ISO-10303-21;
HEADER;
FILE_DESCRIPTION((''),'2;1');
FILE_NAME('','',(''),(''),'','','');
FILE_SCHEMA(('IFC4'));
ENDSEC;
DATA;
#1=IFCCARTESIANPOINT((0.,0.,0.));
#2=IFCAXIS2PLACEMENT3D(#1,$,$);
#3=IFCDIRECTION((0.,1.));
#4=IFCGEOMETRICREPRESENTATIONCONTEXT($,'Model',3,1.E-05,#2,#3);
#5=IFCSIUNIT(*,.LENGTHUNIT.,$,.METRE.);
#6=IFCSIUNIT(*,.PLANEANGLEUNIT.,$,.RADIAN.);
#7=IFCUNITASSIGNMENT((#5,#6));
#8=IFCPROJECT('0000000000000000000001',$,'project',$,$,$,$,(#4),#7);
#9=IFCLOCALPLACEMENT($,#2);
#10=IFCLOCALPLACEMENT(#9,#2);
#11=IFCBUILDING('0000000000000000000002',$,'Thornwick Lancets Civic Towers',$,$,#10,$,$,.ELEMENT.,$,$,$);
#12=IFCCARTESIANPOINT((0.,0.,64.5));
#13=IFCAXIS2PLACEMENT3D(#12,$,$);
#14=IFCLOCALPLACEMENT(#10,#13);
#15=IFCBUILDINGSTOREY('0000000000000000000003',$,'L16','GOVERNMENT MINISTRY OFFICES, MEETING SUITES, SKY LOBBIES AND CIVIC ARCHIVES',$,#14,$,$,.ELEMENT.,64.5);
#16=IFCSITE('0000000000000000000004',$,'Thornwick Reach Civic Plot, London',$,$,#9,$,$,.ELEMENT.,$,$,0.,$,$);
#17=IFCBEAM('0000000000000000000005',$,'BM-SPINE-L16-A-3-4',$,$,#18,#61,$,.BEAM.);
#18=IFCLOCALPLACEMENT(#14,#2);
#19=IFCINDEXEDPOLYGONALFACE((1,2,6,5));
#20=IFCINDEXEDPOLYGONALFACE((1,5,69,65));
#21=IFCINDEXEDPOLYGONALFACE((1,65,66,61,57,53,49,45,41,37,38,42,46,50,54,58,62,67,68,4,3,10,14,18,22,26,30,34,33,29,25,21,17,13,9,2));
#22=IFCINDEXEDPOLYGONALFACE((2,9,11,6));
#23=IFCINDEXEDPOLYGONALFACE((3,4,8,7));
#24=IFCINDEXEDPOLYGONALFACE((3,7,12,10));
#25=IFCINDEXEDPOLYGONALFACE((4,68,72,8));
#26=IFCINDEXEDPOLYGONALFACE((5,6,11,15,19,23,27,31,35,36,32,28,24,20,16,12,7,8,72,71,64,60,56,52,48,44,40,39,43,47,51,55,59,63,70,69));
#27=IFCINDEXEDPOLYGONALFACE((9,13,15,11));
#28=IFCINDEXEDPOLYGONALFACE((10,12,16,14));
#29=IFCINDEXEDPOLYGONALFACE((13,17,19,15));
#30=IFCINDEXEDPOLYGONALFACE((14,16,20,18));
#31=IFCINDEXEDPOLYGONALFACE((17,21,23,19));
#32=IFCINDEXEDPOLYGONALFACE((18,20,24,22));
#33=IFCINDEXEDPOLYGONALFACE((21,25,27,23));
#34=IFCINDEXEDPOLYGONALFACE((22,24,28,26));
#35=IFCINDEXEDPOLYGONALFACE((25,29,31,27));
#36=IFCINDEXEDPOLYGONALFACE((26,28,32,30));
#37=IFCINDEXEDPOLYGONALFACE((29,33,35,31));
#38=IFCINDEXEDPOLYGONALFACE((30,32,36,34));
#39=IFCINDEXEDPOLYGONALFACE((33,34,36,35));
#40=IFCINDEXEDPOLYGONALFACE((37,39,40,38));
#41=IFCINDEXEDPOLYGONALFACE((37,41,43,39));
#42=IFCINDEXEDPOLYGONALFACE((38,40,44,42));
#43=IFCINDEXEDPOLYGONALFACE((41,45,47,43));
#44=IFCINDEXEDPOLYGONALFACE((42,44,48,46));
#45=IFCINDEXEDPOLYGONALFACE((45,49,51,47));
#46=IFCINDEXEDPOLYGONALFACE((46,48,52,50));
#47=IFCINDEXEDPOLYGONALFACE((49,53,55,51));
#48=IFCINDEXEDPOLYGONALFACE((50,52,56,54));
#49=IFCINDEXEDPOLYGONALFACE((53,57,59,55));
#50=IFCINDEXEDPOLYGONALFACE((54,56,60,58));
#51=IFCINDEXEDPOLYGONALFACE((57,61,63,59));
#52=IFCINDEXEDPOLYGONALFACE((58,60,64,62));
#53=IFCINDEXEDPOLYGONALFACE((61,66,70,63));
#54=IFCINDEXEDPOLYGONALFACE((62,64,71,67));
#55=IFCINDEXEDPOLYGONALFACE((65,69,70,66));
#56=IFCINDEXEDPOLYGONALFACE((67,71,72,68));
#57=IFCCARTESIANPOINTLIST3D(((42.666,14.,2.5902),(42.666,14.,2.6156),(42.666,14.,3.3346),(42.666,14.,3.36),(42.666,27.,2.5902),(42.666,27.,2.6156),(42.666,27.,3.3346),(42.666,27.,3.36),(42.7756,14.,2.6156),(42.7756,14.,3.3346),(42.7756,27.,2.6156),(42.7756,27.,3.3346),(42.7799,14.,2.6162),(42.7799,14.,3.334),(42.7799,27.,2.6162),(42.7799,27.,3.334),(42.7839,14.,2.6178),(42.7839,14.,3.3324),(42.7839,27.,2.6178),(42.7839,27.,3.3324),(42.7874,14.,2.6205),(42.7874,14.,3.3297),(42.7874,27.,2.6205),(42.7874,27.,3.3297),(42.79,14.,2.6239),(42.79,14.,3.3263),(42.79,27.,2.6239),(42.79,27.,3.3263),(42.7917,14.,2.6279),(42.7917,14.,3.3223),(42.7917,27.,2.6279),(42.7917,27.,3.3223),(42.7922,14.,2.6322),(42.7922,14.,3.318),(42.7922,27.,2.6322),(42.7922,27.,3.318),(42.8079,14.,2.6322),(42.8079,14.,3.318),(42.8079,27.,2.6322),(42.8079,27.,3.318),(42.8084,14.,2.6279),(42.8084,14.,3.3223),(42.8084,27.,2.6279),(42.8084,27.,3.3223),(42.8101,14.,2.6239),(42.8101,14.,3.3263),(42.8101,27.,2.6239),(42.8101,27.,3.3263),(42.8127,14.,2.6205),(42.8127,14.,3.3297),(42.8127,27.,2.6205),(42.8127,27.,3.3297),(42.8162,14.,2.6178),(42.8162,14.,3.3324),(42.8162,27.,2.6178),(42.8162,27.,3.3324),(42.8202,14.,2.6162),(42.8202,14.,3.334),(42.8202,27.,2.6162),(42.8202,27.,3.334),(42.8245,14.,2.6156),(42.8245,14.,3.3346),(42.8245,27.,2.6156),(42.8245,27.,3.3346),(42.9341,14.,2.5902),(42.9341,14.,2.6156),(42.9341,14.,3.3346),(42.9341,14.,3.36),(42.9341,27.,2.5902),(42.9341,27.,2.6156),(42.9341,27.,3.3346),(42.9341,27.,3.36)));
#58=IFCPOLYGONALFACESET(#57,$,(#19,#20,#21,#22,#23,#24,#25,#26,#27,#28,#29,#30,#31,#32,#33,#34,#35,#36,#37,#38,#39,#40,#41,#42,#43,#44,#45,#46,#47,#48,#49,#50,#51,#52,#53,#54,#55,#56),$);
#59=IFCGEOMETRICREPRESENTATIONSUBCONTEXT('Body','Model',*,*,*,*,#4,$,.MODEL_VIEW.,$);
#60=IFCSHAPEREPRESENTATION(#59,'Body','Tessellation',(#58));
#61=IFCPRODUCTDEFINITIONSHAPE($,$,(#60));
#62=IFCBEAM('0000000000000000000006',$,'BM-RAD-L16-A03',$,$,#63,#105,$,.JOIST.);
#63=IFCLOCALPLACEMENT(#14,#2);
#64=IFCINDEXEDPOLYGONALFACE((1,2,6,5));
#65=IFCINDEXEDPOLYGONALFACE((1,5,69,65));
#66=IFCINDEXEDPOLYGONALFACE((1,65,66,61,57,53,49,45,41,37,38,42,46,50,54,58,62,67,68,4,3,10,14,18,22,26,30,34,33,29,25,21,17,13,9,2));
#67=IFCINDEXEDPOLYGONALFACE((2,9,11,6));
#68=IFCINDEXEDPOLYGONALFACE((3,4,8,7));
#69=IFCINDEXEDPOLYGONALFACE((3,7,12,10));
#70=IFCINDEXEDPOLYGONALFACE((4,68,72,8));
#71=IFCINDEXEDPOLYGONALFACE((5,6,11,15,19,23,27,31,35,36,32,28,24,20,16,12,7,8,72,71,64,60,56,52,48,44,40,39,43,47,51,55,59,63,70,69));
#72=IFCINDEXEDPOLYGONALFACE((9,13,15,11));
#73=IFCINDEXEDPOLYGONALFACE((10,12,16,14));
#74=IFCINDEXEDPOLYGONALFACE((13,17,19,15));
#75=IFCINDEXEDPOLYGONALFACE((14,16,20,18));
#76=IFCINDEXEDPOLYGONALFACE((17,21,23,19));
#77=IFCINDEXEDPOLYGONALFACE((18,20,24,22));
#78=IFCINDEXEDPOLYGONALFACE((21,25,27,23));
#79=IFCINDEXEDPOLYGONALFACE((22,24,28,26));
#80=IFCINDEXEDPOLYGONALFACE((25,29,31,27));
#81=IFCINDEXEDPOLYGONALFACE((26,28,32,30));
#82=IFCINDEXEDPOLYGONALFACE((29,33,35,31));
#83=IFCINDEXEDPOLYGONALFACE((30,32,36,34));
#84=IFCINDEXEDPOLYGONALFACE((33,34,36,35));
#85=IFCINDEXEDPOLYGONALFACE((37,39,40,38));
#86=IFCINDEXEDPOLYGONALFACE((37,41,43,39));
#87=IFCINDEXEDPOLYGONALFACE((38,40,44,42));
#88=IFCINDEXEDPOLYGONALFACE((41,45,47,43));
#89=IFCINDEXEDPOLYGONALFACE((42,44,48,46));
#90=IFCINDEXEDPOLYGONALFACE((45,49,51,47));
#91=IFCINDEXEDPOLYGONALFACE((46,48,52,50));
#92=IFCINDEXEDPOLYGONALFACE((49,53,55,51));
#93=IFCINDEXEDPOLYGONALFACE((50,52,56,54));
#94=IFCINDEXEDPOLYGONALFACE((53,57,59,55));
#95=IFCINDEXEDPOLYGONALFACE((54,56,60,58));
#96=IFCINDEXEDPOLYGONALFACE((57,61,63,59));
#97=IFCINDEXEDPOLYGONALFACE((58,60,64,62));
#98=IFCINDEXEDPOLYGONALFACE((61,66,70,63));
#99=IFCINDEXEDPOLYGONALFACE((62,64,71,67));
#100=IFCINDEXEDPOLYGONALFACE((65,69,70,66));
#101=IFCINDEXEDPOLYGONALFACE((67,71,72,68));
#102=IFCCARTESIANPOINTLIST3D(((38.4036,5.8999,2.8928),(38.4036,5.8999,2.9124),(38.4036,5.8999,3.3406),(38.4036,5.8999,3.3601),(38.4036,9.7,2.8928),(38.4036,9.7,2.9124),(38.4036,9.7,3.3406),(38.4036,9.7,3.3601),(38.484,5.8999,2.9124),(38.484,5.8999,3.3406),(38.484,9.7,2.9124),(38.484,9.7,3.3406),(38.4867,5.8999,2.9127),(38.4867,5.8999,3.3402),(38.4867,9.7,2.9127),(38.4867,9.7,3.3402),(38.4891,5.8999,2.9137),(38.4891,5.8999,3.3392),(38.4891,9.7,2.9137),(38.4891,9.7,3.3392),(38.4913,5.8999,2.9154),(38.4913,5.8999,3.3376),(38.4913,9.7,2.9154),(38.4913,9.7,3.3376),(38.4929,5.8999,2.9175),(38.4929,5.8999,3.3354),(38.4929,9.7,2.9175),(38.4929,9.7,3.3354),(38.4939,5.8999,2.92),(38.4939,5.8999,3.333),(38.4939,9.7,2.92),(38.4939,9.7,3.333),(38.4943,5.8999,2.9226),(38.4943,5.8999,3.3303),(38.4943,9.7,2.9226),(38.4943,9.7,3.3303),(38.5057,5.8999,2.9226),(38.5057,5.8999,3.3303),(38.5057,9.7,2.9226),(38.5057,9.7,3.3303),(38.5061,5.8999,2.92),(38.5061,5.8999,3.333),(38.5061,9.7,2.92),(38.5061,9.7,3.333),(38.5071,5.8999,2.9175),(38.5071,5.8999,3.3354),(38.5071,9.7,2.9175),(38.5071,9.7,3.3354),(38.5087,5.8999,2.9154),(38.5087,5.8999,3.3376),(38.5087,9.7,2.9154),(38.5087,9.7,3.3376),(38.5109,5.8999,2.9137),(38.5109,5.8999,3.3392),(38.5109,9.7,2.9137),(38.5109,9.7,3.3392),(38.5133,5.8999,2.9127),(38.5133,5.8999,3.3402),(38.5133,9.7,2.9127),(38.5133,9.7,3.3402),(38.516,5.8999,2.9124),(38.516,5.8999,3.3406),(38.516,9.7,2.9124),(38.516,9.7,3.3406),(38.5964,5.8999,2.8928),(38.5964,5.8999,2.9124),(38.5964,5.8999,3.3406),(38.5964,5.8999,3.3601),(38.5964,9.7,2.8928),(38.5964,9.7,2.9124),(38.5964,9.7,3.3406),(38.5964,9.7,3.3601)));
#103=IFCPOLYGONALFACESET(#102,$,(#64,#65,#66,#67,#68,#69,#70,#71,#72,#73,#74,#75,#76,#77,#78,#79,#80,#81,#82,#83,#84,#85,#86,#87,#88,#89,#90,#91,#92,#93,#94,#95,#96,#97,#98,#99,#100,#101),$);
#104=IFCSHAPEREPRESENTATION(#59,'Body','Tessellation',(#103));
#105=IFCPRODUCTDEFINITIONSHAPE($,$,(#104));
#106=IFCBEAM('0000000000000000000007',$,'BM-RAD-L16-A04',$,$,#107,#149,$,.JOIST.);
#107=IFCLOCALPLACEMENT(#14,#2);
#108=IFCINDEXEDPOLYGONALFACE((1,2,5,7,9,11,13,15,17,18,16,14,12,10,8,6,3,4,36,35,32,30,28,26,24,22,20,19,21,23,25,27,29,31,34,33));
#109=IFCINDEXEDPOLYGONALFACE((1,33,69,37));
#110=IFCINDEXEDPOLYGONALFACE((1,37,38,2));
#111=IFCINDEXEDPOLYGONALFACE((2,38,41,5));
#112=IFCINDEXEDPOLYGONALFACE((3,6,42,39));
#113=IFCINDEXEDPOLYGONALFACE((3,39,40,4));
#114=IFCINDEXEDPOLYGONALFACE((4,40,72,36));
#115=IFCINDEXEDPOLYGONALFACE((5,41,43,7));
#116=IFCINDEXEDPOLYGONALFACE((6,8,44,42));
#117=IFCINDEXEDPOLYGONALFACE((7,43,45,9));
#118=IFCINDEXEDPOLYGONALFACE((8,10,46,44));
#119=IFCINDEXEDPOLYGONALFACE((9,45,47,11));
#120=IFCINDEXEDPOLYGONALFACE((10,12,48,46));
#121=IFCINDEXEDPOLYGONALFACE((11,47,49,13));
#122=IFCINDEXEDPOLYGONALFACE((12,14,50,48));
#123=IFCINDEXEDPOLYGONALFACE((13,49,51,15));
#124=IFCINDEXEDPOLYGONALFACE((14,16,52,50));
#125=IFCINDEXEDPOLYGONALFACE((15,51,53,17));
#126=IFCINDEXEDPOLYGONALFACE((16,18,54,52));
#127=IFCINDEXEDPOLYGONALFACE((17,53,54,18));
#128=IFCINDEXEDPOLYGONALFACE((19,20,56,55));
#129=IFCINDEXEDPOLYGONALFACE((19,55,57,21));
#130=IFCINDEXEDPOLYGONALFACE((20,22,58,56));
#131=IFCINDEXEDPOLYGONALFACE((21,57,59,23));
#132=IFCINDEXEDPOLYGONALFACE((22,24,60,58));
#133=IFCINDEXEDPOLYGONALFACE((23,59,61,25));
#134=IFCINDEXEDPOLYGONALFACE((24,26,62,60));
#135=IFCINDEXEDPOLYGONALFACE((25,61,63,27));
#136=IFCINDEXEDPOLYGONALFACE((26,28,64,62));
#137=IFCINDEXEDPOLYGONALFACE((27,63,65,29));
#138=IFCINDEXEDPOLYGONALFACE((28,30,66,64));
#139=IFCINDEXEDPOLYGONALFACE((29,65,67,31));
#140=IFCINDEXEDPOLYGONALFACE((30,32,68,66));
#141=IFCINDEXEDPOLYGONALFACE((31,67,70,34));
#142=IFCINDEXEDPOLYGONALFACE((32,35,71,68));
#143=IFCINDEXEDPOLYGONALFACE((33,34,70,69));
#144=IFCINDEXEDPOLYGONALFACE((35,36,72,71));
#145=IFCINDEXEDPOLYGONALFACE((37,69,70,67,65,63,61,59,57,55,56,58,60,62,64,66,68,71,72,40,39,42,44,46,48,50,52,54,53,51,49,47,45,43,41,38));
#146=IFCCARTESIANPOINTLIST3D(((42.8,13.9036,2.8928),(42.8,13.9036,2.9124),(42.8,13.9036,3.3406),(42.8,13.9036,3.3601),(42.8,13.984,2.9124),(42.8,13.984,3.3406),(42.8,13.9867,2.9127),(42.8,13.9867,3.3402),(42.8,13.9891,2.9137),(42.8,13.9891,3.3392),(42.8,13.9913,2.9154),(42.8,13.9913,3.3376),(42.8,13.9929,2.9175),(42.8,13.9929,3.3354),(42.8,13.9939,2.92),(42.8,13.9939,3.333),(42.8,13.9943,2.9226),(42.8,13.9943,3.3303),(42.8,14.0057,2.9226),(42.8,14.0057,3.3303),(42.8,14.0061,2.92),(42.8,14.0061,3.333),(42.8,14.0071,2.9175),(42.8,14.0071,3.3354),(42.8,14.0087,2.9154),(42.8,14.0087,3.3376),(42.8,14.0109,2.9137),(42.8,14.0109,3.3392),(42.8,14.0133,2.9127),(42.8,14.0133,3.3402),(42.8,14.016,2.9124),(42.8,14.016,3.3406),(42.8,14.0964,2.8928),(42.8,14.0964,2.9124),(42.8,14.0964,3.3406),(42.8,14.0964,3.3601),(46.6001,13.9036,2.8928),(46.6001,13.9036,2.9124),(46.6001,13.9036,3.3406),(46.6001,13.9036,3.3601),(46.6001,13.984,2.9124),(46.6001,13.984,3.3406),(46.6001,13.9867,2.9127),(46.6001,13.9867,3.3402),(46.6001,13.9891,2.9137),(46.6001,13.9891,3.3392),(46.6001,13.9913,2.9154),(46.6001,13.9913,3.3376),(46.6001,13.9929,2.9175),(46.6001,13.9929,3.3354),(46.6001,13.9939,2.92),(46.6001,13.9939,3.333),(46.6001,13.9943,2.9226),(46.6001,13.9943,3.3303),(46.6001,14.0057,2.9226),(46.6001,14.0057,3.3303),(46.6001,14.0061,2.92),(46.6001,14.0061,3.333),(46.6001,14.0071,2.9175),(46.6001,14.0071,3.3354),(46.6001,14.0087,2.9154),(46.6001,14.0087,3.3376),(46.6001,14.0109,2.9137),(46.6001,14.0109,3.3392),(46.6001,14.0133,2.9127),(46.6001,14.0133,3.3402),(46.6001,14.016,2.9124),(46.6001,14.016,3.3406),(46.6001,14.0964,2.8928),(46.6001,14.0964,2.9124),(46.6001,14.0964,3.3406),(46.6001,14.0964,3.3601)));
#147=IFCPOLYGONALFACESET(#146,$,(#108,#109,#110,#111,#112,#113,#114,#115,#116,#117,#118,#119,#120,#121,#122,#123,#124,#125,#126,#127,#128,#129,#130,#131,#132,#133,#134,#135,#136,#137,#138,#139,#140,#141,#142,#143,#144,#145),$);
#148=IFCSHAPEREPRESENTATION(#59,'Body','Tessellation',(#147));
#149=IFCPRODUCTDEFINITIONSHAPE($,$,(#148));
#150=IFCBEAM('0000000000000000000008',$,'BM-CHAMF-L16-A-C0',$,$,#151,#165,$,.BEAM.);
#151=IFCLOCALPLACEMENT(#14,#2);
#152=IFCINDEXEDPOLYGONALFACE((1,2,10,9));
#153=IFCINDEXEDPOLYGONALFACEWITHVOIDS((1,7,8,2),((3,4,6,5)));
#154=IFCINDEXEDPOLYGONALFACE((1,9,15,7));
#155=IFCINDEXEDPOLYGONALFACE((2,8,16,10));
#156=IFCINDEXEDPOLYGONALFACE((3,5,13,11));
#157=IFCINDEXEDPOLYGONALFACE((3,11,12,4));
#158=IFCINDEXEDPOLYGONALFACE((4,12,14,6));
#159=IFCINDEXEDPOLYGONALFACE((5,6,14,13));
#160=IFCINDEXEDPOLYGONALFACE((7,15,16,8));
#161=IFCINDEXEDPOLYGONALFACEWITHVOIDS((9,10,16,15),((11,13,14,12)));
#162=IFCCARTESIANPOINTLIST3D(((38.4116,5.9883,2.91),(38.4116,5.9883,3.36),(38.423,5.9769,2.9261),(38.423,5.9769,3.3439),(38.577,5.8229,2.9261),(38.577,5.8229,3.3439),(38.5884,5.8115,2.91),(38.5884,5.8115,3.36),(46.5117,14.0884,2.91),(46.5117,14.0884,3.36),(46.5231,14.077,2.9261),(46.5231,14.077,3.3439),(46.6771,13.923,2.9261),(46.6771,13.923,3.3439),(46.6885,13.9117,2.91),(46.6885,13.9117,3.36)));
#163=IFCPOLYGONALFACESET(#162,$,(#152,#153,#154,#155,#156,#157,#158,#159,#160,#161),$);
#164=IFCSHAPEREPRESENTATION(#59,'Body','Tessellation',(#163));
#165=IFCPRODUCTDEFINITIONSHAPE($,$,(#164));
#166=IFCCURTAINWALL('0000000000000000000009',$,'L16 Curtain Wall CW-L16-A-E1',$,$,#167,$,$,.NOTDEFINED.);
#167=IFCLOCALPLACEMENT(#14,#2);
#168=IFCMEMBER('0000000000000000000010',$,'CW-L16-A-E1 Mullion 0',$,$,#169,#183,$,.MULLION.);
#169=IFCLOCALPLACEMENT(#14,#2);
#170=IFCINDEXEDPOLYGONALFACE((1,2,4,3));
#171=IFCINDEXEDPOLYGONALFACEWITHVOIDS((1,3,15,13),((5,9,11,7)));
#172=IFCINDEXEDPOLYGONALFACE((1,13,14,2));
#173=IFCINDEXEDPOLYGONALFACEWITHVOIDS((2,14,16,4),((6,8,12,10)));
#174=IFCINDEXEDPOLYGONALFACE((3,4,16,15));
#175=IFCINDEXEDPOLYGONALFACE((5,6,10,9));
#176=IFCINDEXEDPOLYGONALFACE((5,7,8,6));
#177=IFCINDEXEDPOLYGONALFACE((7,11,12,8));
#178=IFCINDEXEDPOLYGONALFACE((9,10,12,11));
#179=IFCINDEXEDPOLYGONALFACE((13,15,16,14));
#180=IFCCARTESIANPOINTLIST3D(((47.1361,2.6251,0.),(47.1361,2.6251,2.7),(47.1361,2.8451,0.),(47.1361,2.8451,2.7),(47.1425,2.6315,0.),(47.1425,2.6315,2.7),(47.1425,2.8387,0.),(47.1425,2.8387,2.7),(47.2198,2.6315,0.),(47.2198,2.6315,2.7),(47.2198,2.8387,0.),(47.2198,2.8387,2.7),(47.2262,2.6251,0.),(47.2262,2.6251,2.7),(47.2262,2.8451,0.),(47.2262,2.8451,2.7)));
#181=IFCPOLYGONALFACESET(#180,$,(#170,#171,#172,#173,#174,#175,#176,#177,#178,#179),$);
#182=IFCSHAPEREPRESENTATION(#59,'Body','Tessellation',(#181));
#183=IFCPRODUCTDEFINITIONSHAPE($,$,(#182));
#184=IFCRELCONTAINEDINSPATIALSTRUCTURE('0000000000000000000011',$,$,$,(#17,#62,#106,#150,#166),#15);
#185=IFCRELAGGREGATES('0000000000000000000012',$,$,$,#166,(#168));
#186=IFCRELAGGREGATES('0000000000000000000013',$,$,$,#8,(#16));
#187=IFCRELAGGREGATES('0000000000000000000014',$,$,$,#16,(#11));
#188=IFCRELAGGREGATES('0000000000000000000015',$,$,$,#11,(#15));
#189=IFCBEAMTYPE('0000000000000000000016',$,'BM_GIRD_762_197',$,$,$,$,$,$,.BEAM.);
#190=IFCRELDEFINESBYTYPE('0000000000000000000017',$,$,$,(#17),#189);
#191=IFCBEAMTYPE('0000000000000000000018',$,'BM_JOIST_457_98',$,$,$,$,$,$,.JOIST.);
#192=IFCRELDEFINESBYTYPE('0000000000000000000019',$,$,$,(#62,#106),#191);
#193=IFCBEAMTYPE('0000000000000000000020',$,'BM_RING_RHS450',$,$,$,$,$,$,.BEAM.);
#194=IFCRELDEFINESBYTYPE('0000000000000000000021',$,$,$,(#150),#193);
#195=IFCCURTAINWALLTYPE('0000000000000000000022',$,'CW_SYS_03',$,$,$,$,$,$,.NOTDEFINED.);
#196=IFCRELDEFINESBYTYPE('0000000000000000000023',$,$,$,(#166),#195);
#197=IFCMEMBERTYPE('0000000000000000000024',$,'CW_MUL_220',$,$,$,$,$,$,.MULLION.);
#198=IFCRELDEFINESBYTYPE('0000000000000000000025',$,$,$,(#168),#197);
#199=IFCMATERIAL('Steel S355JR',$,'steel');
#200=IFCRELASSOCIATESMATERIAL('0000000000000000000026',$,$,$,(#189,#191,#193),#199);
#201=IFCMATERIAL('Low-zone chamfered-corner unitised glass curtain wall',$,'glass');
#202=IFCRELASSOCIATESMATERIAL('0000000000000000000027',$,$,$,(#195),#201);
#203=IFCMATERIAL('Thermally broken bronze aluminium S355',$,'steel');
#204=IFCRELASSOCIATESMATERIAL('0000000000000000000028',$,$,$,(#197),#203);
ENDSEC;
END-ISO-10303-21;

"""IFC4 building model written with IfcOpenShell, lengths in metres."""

from ifc_helpers import new_model, si_unit, direction, frame, origin, origin_2d, place, context, subcontext, project, spatial, hollow_rectangle, i_section, extrude, material, material_profile, profile_set, type_object, element, aggregate, save


model = new_model("IFC4")

# Units and contexts
model_context = context("Model", 3, precision=1e-05, world=origin(), true_north=direction((0.0, 1.0)))
body_context = subcontext(model_context, "Body", "Model", "MODEL_VIEW")
ifc_project = project(units=[si_unit("LENGTHUNIT", "METRE"), si_unit("PLANEANGLEUNIT", "RADIAN")], contexts=[model_context])

# Site, building, storey
site_placement = place(None, origin())
site = spatial("IfcSite", under=ifc_project, at=site_placement, Name="Thornwick Reach Civic Plot, London", CompositionType="ELEMENT", RefElevation=0.0)
building_placement = place(site_placement, origin())
building = spatial("IfcBuilding", under=site, at=building_placement, Name="Thornwick Lancets Civic Towers", CompositionType="ELEMENT")
storey_placement = place(building_placement, frame((0.0, 0.0, 64.5)))
storey = spatial("IfcBuildingStorey", under=building, at=storey_placement, Name="L16", Description="GOVERNMENT MINISTRY OFFICES, MEETING SUITES, SKY LOBBIES AND CIVIC ARCHIVES", CompositionType="ELEMENT", Elevation=64.5)

# Beams
ifc_material_1 = material(Name="Steel S355JR", Category="steel")
ifc_material_profile_1 = material_profile(ifc_material_1, i_section(OverallWidth=0.2681, OverallDepth=0.7698, WebThickness=0.0156, FlangeThickness=0.0254, FilletRadius=0.0166, at=origin_2d()), Name="UKB 762x267x197")
ifc_profile_set_1 = profile_set([ifc_material_profile_1], Name="Steel S355JR")
beam_type_1 = type_object("IfcBeamType", Name="BM_GIRD_762_197", PredefinedType="BEAM", material=ifc_profile_set_1)
beam_1_placement = place(storey_placement, frame((42.8, 14.0, 2.9751), z_axis=(0.0, 1.0, 0.0), x_axis=(-1.0, 0.0, 0.0)))
element("IfcBeam", 1, at=beam_1_placement, inside=storey, type_object=beam_type_1, Name="BM-SPINE-L16-A-3-4", PredefinedType="BEAM", context=body_context, shape_type="SweptSolid", body=[
    extrude(i_section(OverallWidth=0.2681, OverallDepth=0.7698, WebThickness=0.0156, FlangeThickness=0.0254, FilletRadius=0.0166, at=origin_2d()), origin(), (0.0, 0.0, 1.0), 13.0),
])
ifc_material_profile_2 = material_profile(ifc_material_1, i_section(OverallWidth=0.1929, OverallDepth=0.4673, WebThickness=0.0115, FlangeThickness=0.0195, FilletRadius=0.0103, at=origin_2d()), Name="UKB 457x191x98")
ifc_profile_set_2 = profile_set([ifc_material_profile_2], Name="Steel S355JR")
beam_type_2 = type_object("IfcBeamType", Name="BM_JOIST_457_98", PredefinedType="JOIST", material=ifc_profile_set_2)
for number, where, z_axis, x_axis, name in (
    (2, (38.5, 9.7, 3.1265), (0.0, -1.0, 0.0), (1.0, 0.0, 0.0), "BM-RAD-L16-A03"),
    (3, (42.8, 14.0, 3.1265), (1.0, 0.0, 0.0), (0.0, 1.0, 0.0), "BM-RAD-L16-A04"),
):
    element("IfcBeam", number, at=place(storey_placement, frame(where, z_axis=z_axis, x_axis=x_axis)), inside=storey, type_object=beam_type_2, Name=name, PredefinedType="JOIST", context=body_context, shape_type="SweptSolid", body=[
        extrude(i_section(OverallWidth=0.1929, OverallDepth=0.4673, WebThickness=0.0115, FlangeThickness=0.0195, FilletRadius=0.0103, at=origin_2d()), origin(), (0.0, 0.0, 1.0), 3.8),
    ])
ifc_material_profile_3 = material_profile(ifc_material_1, hollow_rectangle(XDim=0.25, YDim=0.45, WallThickness=0.0161, at=origin_2d()), Name="RHS 450x250x16")
ifc_profile_set_3 = profile_set([ifc_material_profile_3], Name="Steel S355JR")
beam_type_3 = type_object("IfcBeamType", Name="BM_RING_RHS450", PredefinedType="BEAM", material=ifc_profile_set_3)
beam_2_placement = place(storey_placement, frame((38.5, 5.8999, 3.135), z_axis=(0.707107, 0.707107, 0.0), x_axis=(-0.707107, 0.707107, 0.0)))
element("IfcBeam", 4, at=beam_2_placement, inside=storey, type_object=beam_type_3, Name="BM-CHAMF-L16-A-C0", PredefinedType="BEAM", context=body_context, shape_type="SweptSolid", body=[
    extrude(hollow_rectangle(XDim=0.25, YDim=0.45, WallThickness=0.0161, at=origin_2d()), origin(), (0.0, 0.0, 1.0), 11.4553),
])

# Curtain wall, member
ifc_material_2 = material(Name="Low-zone chamfered-corner unitised glass curtain wall", Category="glass")
curtain_wall_type = type_object("IfcCurtainWallType", Name="CW_SYS_03", PredefinedType="NOTDEFINED", material=ifc_material_2)
curtain_wall_placement = place(storey_placement, origin())
curtain_wall = element("IfcCurtainWall", 5, at=curtain_wall_placement, inside=storey, type_object=curtain_wall_type, Name="L16 Curtain Wall CW-L16-A-E1", PredefinedType="NOTDEFINED")
ifc_material_3 = material(Name="Thermally broken bronze aluminium S355", Category="steel")
ifc_material_profile_4 = material_profile(ifc_material_3, hollow_rectangle(XDim=0.0901, YDim=0.22, WallThickness=0.0063, at=origin_2d()), Name="RHS 220x90x6.3")
ifc_profile_set_4 = profile_set([ifc_material_profile_4], Name="Thermally broken bronze aluminium S355")
member_type_1 = type_object("IfcMemberType", Name="CW_MUL_220", PredefinedType="MULLION", material=ifc_profile_set_4)
member_1_placement = place(storey_placement, frame((47.1812, 2.7351, 0.0), z_axis=(0.0, 0.0, 1.0), x_axis=(1.0, 0.0, 0.0)))
member_1 = element("IfcMember", 6, at=member_1_placement, type_object=member_type_1, Name="CW-L16-A-E1 Mullion 0", PredefinedType="MULLION", context=body_context, shape_type="SweptSolid", body=[
    extrude(hollow_rectangle(XDim=0.0901, YDim=0.22, WallThickness=0.0063, at=origin_2d()), origin(), (0.0, 0.0, 1.0), 2.7),
])
aggregate(curtain_wall, [member_1])

save(model, "model.ifc")
